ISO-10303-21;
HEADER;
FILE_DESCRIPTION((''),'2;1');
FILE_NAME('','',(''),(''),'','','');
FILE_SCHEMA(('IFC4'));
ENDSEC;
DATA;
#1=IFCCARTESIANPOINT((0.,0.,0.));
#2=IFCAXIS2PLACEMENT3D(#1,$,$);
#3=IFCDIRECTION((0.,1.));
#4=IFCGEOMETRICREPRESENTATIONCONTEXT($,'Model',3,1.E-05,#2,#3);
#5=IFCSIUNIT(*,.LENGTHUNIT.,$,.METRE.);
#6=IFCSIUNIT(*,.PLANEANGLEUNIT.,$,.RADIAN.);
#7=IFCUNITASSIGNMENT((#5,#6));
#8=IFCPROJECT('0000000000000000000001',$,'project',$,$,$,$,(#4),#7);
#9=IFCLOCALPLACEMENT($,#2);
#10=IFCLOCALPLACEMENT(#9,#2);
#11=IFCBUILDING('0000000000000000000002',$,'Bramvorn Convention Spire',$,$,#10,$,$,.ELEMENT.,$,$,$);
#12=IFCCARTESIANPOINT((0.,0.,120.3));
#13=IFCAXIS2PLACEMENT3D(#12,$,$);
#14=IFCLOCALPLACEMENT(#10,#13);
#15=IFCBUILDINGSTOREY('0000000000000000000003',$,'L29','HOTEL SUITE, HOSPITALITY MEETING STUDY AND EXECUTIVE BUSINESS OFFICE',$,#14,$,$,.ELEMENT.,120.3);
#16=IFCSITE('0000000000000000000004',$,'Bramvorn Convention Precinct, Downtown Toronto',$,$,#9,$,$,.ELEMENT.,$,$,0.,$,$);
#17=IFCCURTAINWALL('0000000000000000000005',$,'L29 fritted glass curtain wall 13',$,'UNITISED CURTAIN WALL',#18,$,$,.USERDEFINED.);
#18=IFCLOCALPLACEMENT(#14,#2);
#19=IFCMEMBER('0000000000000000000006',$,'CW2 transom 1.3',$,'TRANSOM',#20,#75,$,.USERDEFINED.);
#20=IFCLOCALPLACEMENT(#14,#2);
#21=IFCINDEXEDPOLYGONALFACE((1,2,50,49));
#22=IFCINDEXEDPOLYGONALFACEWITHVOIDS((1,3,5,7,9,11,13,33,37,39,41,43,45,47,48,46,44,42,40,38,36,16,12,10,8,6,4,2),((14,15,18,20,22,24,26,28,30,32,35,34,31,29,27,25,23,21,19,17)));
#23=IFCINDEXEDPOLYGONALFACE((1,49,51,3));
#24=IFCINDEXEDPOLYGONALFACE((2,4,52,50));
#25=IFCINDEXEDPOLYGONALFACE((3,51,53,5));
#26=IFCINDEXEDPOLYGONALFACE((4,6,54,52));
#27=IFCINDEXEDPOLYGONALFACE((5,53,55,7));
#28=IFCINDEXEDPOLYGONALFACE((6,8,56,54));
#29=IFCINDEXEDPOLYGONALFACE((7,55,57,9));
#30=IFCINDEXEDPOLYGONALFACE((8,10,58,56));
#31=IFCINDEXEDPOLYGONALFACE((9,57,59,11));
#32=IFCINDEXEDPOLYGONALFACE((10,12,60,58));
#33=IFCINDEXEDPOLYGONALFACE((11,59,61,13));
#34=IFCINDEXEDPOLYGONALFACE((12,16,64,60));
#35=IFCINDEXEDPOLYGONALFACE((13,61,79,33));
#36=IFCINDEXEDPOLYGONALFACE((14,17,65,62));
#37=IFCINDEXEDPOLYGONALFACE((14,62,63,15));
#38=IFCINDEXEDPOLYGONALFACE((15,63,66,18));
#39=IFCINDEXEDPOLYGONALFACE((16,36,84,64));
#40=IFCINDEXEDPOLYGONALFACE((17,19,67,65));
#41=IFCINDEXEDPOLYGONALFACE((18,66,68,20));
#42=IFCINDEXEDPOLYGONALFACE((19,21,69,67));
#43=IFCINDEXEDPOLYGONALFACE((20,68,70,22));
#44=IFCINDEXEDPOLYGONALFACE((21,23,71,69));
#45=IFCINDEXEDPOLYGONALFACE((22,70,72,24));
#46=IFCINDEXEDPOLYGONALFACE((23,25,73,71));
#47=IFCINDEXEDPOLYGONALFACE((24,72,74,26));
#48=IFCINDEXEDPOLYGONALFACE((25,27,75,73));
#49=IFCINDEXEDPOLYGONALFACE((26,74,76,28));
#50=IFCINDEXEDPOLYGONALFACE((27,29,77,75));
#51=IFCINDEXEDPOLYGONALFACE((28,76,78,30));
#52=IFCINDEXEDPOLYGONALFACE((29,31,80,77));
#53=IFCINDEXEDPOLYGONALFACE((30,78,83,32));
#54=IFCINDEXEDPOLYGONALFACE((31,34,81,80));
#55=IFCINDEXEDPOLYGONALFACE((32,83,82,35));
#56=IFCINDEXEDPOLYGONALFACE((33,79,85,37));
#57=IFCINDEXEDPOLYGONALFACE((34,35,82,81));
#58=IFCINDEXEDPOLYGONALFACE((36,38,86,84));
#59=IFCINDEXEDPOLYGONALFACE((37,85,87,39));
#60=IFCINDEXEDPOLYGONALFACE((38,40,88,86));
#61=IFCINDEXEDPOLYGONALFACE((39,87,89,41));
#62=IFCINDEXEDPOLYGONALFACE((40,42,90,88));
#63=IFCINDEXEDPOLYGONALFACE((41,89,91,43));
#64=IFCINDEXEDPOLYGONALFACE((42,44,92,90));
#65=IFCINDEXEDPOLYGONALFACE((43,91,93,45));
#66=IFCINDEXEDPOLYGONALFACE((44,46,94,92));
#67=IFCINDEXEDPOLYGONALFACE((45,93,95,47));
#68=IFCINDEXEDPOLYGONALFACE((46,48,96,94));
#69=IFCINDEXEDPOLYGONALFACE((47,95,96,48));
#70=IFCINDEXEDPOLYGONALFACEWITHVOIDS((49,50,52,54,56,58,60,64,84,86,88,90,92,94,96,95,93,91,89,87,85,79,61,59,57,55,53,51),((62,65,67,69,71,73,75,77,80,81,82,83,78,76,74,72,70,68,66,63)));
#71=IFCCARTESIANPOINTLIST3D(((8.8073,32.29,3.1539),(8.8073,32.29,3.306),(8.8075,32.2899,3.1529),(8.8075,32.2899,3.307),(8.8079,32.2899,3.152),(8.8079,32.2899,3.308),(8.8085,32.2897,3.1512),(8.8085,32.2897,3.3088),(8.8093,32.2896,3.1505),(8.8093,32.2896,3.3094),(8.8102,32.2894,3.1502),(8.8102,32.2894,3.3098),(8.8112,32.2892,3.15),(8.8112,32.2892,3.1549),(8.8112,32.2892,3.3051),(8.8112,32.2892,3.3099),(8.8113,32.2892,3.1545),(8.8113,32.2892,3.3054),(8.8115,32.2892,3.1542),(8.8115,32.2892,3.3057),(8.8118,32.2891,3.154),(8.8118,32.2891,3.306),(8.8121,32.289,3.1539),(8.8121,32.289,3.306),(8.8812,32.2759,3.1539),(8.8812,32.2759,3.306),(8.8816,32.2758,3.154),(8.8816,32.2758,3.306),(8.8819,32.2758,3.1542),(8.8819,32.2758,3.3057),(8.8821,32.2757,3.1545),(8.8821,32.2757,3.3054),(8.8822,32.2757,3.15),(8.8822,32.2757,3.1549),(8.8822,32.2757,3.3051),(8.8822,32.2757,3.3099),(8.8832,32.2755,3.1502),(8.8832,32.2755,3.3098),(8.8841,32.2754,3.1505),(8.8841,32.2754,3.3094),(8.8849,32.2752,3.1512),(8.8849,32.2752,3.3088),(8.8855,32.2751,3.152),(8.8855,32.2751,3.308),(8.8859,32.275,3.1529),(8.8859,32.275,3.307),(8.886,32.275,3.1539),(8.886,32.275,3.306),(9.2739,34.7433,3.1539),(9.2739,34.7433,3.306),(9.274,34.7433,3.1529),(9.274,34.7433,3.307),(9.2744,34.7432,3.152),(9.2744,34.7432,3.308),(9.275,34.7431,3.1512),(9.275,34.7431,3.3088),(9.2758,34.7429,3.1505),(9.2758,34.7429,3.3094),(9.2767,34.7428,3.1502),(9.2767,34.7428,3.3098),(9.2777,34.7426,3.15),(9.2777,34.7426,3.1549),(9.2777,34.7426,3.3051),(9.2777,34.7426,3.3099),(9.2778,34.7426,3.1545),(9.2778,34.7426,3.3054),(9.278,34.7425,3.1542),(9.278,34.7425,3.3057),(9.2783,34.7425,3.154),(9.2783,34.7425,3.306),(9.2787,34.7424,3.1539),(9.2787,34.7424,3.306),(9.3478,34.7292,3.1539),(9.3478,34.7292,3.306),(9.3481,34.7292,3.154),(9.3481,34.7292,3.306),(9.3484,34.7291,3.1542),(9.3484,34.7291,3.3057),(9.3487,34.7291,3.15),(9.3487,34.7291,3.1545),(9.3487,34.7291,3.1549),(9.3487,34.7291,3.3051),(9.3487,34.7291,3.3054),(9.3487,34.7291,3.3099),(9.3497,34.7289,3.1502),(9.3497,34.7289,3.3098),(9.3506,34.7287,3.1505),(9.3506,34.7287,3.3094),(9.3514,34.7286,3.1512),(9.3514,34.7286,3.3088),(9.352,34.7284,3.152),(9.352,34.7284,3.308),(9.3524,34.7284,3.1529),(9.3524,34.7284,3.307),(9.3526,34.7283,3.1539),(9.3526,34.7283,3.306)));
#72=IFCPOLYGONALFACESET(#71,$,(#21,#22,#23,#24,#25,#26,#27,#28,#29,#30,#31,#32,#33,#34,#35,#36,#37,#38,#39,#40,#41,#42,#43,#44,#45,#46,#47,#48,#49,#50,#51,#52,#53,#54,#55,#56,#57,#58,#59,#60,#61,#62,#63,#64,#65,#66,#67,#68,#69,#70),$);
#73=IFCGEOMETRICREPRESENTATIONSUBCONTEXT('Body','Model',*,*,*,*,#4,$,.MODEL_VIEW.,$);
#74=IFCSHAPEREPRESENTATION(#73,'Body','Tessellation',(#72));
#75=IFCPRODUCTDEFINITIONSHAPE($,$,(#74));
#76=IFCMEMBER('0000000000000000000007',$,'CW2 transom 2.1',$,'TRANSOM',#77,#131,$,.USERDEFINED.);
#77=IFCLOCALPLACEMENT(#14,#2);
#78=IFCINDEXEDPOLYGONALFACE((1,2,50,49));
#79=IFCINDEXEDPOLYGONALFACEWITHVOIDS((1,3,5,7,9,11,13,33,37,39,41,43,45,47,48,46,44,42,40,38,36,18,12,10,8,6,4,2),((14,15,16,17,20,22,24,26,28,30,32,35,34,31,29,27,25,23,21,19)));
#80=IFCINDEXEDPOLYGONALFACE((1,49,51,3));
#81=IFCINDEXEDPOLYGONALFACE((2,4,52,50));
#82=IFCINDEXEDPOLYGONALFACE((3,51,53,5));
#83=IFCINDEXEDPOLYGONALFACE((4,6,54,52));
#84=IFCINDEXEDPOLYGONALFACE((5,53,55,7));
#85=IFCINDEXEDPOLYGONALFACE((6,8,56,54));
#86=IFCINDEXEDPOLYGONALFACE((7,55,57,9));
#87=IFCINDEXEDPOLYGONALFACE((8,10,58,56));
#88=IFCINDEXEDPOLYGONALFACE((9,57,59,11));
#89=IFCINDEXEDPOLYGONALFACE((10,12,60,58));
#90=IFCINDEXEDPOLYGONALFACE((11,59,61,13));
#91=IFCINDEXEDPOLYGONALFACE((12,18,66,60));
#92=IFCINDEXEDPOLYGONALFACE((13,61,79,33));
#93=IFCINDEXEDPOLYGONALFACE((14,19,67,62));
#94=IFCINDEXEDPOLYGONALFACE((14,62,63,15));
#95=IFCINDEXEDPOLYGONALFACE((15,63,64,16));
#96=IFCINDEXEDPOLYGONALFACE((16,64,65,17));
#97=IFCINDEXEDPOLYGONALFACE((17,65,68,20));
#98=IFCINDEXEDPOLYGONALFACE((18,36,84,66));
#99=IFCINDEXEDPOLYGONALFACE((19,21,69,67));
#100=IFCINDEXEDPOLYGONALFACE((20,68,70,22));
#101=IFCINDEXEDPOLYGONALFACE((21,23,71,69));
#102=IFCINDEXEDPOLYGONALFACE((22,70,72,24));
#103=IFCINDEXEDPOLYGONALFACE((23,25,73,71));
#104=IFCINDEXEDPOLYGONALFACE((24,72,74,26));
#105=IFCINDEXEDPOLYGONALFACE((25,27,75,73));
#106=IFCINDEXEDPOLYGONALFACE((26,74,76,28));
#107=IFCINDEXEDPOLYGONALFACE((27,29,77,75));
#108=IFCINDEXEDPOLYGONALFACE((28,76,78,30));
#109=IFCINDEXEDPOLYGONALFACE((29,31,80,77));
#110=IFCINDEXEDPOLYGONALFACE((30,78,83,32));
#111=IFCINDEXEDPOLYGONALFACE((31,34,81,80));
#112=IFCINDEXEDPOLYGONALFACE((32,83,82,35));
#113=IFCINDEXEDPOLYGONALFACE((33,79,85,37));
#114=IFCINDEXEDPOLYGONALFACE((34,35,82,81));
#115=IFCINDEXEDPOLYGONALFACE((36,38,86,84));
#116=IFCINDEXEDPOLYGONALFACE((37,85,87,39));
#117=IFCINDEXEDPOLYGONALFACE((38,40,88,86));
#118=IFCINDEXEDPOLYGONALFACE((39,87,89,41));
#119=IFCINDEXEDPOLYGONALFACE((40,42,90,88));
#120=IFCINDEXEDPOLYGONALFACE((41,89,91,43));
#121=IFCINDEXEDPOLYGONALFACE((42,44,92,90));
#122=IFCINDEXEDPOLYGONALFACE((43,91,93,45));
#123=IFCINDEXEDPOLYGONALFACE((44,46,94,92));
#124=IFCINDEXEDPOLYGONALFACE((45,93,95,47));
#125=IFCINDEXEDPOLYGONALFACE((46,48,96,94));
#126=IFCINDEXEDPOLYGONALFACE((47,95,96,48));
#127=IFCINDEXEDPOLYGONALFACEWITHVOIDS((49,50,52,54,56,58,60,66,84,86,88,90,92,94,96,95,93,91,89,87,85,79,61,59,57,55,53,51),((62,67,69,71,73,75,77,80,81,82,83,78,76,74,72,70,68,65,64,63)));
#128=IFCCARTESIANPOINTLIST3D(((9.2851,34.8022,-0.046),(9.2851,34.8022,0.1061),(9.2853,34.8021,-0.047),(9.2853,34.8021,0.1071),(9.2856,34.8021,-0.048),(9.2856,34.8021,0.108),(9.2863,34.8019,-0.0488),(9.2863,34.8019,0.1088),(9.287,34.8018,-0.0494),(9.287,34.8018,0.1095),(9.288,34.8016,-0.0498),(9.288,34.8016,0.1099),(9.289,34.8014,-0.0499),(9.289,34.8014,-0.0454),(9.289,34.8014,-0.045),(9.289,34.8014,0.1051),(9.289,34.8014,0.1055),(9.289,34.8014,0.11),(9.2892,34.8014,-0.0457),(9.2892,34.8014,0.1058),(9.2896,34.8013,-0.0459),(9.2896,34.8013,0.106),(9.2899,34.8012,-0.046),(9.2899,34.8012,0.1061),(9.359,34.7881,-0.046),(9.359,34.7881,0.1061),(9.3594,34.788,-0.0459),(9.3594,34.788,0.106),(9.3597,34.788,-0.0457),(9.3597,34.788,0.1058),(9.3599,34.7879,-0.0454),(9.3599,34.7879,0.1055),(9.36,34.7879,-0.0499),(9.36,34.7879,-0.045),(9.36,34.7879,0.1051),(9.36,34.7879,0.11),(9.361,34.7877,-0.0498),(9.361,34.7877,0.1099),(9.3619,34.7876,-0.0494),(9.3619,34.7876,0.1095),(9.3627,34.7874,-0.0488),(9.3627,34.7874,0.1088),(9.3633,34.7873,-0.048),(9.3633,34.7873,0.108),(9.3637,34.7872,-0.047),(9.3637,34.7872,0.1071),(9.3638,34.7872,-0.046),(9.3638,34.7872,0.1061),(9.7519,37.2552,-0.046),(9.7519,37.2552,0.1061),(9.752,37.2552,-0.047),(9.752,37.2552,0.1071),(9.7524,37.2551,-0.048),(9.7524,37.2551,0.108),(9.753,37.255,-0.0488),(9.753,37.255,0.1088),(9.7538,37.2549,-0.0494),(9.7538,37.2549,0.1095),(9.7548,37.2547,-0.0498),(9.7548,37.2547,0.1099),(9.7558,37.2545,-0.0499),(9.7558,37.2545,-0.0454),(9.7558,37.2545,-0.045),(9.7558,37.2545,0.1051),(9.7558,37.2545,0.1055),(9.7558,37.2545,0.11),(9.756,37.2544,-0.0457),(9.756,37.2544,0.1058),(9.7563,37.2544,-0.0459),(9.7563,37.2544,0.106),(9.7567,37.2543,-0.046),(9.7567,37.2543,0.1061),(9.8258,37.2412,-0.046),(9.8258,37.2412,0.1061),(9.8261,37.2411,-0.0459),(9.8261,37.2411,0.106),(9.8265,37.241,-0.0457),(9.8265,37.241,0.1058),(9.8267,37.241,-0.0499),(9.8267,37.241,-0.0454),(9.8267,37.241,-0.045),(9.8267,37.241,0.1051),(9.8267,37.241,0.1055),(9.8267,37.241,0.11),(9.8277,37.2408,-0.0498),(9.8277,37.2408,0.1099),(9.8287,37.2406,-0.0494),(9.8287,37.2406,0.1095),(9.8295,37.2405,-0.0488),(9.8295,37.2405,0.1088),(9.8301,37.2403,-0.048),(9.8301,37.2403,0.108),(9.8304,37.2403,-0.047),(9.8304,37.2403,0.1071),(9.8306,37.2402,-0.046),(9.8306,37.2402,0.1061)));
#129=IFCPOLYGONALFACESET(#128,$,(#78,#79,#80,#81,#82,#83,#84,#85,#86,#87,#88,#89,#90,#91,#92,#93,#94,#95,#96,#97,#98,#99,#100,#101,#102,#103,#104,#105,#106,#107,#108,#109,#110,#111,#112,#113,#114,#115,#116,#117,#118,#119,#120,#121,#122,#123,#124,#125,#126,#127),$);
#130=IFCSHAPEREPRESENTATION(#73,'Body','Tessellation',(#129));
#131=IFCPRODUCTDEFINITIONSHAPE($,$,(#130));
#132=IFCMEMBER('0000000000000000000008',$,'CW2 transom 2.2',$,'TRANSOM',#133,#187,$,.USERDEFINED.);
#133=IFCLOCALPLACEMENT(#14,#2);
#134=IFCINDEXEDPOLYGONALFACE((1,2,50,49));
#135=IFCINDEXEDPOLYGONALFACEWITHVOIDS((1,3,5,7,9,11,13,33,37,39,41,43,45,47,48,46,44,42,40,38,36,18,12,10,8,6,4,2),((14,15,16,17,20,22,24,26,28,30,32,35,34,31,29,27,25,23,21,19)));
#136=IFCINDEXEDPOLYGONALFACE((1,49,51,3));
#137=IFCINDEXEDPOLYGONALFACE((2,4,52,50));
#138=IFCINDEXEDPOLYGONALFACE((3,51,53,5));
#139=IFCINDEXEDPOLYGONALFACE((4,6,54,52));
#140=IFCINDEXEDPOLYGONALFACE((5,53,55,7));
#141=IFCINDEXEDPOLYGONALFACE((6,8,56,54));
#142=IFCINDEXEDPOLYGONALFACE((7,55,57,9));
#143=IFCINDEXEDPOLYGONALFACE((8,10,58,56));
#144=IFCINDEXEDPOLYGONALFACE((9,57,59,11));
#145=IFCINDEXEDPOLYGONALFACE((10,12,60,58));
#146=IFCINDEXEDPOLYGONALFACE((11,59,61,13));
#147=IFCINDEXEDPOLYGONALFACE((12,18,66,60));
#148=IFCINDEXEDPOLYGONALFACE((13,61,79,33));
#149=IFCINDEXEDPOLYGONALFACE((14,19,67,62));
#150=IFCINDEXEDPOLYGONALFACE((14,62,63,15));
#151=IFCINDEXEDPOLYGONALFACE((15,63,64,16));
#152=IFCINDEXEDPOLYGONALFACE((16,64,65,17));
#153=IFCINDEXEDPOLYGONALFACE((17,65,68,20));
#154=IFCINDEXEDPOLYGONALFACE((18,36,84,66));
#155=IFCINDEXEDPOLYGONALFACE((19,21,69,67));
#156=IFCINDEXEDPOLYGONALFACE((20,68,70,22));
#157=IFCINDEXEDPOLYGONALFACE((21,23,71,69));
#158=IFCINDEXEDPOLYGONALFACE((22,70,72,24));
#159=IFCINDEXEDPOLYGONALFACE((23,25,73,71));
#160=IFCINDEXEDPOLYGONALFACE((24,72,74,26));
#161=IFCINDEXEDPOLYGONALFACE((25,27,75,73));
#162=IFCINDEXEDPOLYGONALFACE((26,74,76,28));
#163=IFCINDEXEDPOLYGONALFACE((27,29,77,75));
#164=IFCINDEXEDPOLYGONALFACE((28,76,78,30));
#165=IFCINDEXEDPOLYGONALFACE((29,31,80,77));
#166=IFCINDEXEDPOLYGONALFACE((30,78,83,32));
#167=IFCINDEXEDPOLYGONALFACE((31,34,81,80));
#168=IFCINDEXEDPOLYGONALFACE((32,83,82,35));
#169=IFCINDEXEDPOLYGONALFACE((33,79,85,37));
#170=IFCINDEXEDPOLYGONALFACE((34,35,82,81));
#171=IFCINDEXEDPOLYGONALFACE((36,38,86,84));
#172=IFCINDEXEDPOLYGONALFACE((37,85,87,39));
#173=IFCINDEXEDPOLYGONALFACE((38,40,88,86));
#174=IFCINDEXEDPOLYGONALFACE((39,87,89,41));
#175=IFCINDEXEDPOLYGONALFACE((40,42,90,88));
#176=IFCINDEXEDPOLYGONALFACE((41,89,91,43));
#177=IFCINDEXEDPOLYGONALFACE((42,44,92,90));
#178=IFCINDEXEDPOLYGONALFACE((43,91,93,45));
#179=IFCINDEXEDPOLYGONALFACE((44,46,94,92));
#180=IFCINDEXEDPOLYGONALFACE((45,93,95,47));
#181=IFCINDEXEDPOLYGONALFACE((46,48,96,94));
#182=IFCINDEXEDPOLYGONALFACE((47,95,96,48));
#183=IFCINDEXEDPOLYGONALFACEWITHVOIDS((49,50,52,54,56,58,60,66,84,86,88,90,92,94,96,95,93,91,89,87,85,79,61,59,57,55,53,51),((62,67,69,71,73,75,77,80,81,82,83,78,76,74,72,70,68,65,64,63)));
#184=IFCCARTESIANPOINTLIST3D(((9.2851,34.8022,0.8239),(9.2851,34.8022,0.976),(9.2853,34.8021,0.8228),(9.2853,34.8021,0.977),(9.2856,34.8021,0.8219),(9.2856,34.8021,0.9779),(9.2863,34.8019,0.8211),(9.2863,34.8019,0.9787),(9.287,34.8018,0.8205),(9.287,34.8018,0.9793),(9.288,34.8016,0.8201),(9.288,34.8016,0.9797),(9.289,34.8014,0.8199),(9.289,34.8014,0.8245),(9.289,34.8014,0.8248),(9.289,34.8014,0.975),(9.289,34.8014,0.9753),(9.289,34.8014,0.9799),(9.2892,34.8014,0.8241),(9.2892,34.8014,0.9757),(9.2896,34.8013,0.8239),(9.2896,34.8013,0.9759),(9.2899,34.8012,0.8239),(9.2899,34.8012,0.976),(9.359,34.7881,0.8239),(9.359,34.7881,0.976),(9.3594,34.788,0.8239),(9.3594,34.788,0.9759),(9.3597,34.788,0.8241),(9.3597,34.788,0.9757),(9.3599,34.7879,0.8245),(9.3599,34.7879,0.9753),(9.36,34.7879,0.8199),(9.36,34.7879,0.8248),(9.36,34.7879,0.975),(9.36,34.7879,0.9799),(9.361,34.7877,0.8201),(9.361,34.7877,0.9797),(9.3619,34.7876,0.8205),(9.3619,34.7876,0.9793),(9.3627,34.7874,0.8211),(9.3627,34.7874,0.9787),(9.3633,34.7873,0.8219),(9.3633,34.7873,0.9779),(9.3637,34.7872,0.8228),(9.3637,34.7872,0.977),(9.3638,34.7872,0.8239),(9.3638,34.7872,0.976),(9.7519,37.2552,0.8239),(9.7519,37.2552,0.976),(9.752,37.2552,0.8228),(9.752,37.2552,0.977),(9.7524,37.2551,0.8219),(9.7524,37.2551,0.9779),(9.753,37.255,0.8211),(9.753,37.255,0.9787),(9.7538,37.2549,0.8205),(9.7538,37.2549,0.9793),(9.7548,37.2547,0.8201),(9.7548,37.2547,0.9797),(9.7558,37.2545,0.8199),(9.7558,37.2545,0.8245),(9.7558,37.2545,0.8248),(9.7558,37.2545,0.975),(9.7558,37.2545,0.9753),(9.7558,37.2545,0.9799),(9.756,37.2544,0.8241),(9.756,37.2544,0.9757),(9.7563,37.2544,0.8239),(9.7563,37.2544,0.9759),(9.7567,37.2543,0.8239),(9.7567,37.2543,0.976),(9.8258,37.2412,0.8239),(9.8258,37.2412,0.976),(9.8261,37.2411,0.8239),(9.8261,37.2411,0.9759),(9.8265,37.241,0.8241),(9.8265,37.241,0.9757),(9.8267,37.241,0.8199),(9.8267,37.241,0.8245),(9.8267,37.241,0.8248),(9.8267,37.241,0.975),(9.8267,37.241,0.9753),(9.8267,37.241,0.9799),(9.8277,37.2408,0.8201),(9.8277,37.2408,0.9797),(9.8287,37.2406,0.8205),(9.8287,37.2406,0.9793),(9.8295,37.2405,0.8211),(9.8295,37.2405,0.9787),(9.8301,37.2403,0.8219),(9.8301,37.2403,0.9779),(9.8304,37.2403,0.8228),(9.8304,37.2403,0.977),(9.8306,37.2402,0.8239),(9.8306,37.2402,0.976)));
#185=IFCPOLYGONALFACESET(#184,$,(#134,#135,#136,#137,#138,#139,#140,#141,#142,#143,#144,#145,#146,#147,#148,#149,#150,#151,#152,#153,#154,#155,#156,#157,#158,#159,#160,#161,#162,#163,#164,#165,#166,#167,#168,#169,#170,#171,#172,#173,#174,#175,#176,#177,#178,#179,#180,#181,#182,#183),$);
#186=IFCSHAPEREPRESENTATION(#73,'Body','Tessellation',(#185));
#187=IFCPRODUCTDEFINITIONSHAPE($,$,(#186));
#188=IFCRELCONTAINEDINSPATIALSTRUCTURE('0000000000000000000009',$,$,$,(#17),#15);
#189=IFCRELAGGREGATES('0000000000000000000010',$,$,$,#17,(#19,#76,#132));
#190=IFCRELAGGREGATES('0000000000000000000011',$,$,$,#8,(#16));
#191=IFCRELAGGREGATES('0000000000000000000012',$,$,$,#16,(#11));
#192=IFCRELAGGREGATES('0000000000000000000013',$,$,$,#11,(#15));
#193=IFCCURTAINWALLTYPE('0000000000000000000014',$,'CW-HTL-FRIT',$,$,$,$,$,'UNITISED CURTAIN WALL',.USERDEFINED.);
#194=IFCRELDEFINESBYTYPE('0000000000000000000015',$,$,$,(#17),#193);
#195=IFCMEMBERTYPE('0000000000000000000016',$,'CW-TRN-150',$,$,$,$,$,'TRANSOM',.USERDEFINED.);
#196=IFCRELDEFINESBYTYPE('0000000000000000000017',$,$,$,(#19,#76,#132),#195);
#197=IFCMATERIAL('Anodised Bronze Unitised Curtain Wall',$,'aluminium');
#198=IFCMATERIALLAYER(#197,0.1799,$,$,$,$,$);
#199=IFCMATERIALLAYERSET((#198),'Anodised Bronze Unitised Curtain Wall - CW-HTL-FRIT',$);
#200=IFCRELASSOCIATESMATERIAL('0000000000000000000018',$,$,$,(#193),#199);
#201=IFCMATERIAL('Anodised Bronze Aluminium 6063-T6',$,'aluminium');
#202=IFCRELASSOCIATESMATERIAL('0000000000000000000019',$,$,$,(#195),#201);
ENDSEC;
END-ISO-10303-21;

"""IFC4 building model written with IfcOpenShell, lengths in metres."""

from ifc_helpers import new_model, si_unit, direction, frame, origin, origin_2d, place, context, subcontext, project, spatial, hollow_rectangle, extrude, material, layer, layer_set, material_profile, profile_set, type_object, element, aggregate, save


model = new_model("IFC4")

# Units and contexts
model_context = context("Model", 3, precision=1e-05, world=origin(), true_north=direction((0.0, 1.0)))
body_context = subcontext(model_context, "Body", "Model", "MODEL_VIEW")
ifc_project = project(units=[si_unit("LENGTHUNIT", "METRE"), si_unit("PLANEANGLEUNIT", "RADIAN")], contexts=[model_context])

# Site, building, storey
site_placement = place(None, origin())
site = spatial("IfcSite", under=ifc_project, at=site_placement, Name="Bramvorn Convention Precinct, Downtown Toronto", CompositionType="ELEMENT", RefElevation=0.0)
building_placement = place(site_placement, origin())
building = spatial("IfcBuilding", under=site, at=building_placement, Name="Bramvorn Convention Spire", CompositionType="ELEMENT")
storey_placement = place(building_placement, frame((0.0, 0.0, 120.3)))
storey = spatial("IfcBuildingStorey", under=building, at=storey_placement, Name="L29", Description="HOTEL SUITE, HOSPITALITY MEETING STUDY AND EXECUTIVE BUSINESS OFFICE", CompositionType="ELEMENT", Elevation=120.3)

# Curtain wall
ifc_material_1 = material(Name="Anodised Bronze Unitised Curtain Wall", Category="aluminium")
ifc_layer_1 = layer(ifc_material_1, 0.1799)
ifc_layer_set_1 = layer_set([ifc_layer_1], Name="Anodised Bronze Unitised Curtain Wall - CW-HTL-FRIT")
curtain_wall_type = type_object("IfcCurtainWallType", Name="CW-HTL-FRIT", ElementType="UNITISED CURTAIN WALL", PredefinedType="USERDEFINED", material=ifc_layer_set_1)
ifc_material_2 = material(Name="Anodised Bronze Aluminium 6063-T6", Category="aluminium")
curtain_wall_1_placement = place(storey_placement, origin())
curtain_wall_1 = element("IfcCurtainWall", 1, at=curtain_wall_1_placement, inside=storey, type_object=curtain_wall_type, Name="L29 fritted glass curtain wall 13", ObjectType="UNITISED CURTAIN WALL", PredefinedType="USERDEFINED")

# Members
ifc_material_profile_1 = material_profile(ifc_material_2, hollow_rectangle(XDim=0.0801, YDim=0.1599, WallThickness=0.0039, InnerFilletRadius=0.001, OuterFilletRadius=0.0039, at=origin_2d()))
ifc_profile_set_1 = profile_set([ifc_material_profile_1], Name="Anodised Bronze Aluminium 6063-T6 - CWT80X160")
member_type_1 = type_object("IfcMemberType", Name="CW-TRN-150", ElementType="TRANSOM", PredefinedType="USERDEFINED", material=ifc_profile_set_1)
member_1_placement = place(storey_placement, frame((8.8467, 32.2825, 3.23), z_axis=(0.18682, 0.982394, 0.0), x_axis=(-0.982394, 0.18682, 0.0)))
member_1 = element("IfcMember", 2, at=member_1_placement, type_object=member_type_1, Name="CW2 transom 1.3", ObjectType="TRANSOM", PredefinedType="USERDEFINED", context=body_context, shape_type="SweptSolid", body=[
    extrude(hollow_rectangle(XDim=0.0801, YDim=0.1599, WallThickness=0.0039, InnerFilletRadius=0.001, OuterFilletRadius=0.0039, at=origin_2d()), origin(), (0.0, 0.0, 1.0), 2.4973),
])
member_2_placement = place(storey_placement, frame((9.3245, 34.7947, 0.03), z_axis=(0.186932, 0.982373, 0.0), x_axis=(-0.982373, 0.186932, 0.0)))
member_2 = element("IfcMember", 3, at=member_2_placement, type_object=member_type_1, Name="CW2 transom 2.1", ObjectType="TRANSOM", PredefinedType="USERDEFINED", context=body_context, shape_type="SweptSolid", body=[
    extrude(hollow_rectangle(XDim=0.0801, YDim=0.1599, WallThickness=0.0039, InnerFilletRadius=0.001, OuterFilletRadius=0.0039, at=origin_2d()), origin(), (0.0, 0.0, 1.0), 2.4971),
])
member_3_placement = place(storey_placement, frame((9.3245, 34.7947, 0.8999), z_axis=(0.186932, 0.982373, 0.0), x_axis=(-0.982373, 0.186932, 0.0)))
member_3 = element("IfcMember", 4, at=member_3_placement, type_object=member_type_1, Name="CW2 transom 2.2", ObjectType="TRANSOM", PredefinedType="USERDEFINED", context=body_context, shape_type="SweptSolid", body=[
    extrude(hollow_rectangle(XDim=0.0801, YDim=0.1599, WallThickness=0.0039, InnerFilletRadius=0.001, OuterFilletRadius=0.0039, at=origin_2d()), origin(), (0.0, 0.0, 1.0), 2.4971),
])

aggregate(curtain_wall_1, [member_1, member_2, member_3])

save(model, "model.ifc")
